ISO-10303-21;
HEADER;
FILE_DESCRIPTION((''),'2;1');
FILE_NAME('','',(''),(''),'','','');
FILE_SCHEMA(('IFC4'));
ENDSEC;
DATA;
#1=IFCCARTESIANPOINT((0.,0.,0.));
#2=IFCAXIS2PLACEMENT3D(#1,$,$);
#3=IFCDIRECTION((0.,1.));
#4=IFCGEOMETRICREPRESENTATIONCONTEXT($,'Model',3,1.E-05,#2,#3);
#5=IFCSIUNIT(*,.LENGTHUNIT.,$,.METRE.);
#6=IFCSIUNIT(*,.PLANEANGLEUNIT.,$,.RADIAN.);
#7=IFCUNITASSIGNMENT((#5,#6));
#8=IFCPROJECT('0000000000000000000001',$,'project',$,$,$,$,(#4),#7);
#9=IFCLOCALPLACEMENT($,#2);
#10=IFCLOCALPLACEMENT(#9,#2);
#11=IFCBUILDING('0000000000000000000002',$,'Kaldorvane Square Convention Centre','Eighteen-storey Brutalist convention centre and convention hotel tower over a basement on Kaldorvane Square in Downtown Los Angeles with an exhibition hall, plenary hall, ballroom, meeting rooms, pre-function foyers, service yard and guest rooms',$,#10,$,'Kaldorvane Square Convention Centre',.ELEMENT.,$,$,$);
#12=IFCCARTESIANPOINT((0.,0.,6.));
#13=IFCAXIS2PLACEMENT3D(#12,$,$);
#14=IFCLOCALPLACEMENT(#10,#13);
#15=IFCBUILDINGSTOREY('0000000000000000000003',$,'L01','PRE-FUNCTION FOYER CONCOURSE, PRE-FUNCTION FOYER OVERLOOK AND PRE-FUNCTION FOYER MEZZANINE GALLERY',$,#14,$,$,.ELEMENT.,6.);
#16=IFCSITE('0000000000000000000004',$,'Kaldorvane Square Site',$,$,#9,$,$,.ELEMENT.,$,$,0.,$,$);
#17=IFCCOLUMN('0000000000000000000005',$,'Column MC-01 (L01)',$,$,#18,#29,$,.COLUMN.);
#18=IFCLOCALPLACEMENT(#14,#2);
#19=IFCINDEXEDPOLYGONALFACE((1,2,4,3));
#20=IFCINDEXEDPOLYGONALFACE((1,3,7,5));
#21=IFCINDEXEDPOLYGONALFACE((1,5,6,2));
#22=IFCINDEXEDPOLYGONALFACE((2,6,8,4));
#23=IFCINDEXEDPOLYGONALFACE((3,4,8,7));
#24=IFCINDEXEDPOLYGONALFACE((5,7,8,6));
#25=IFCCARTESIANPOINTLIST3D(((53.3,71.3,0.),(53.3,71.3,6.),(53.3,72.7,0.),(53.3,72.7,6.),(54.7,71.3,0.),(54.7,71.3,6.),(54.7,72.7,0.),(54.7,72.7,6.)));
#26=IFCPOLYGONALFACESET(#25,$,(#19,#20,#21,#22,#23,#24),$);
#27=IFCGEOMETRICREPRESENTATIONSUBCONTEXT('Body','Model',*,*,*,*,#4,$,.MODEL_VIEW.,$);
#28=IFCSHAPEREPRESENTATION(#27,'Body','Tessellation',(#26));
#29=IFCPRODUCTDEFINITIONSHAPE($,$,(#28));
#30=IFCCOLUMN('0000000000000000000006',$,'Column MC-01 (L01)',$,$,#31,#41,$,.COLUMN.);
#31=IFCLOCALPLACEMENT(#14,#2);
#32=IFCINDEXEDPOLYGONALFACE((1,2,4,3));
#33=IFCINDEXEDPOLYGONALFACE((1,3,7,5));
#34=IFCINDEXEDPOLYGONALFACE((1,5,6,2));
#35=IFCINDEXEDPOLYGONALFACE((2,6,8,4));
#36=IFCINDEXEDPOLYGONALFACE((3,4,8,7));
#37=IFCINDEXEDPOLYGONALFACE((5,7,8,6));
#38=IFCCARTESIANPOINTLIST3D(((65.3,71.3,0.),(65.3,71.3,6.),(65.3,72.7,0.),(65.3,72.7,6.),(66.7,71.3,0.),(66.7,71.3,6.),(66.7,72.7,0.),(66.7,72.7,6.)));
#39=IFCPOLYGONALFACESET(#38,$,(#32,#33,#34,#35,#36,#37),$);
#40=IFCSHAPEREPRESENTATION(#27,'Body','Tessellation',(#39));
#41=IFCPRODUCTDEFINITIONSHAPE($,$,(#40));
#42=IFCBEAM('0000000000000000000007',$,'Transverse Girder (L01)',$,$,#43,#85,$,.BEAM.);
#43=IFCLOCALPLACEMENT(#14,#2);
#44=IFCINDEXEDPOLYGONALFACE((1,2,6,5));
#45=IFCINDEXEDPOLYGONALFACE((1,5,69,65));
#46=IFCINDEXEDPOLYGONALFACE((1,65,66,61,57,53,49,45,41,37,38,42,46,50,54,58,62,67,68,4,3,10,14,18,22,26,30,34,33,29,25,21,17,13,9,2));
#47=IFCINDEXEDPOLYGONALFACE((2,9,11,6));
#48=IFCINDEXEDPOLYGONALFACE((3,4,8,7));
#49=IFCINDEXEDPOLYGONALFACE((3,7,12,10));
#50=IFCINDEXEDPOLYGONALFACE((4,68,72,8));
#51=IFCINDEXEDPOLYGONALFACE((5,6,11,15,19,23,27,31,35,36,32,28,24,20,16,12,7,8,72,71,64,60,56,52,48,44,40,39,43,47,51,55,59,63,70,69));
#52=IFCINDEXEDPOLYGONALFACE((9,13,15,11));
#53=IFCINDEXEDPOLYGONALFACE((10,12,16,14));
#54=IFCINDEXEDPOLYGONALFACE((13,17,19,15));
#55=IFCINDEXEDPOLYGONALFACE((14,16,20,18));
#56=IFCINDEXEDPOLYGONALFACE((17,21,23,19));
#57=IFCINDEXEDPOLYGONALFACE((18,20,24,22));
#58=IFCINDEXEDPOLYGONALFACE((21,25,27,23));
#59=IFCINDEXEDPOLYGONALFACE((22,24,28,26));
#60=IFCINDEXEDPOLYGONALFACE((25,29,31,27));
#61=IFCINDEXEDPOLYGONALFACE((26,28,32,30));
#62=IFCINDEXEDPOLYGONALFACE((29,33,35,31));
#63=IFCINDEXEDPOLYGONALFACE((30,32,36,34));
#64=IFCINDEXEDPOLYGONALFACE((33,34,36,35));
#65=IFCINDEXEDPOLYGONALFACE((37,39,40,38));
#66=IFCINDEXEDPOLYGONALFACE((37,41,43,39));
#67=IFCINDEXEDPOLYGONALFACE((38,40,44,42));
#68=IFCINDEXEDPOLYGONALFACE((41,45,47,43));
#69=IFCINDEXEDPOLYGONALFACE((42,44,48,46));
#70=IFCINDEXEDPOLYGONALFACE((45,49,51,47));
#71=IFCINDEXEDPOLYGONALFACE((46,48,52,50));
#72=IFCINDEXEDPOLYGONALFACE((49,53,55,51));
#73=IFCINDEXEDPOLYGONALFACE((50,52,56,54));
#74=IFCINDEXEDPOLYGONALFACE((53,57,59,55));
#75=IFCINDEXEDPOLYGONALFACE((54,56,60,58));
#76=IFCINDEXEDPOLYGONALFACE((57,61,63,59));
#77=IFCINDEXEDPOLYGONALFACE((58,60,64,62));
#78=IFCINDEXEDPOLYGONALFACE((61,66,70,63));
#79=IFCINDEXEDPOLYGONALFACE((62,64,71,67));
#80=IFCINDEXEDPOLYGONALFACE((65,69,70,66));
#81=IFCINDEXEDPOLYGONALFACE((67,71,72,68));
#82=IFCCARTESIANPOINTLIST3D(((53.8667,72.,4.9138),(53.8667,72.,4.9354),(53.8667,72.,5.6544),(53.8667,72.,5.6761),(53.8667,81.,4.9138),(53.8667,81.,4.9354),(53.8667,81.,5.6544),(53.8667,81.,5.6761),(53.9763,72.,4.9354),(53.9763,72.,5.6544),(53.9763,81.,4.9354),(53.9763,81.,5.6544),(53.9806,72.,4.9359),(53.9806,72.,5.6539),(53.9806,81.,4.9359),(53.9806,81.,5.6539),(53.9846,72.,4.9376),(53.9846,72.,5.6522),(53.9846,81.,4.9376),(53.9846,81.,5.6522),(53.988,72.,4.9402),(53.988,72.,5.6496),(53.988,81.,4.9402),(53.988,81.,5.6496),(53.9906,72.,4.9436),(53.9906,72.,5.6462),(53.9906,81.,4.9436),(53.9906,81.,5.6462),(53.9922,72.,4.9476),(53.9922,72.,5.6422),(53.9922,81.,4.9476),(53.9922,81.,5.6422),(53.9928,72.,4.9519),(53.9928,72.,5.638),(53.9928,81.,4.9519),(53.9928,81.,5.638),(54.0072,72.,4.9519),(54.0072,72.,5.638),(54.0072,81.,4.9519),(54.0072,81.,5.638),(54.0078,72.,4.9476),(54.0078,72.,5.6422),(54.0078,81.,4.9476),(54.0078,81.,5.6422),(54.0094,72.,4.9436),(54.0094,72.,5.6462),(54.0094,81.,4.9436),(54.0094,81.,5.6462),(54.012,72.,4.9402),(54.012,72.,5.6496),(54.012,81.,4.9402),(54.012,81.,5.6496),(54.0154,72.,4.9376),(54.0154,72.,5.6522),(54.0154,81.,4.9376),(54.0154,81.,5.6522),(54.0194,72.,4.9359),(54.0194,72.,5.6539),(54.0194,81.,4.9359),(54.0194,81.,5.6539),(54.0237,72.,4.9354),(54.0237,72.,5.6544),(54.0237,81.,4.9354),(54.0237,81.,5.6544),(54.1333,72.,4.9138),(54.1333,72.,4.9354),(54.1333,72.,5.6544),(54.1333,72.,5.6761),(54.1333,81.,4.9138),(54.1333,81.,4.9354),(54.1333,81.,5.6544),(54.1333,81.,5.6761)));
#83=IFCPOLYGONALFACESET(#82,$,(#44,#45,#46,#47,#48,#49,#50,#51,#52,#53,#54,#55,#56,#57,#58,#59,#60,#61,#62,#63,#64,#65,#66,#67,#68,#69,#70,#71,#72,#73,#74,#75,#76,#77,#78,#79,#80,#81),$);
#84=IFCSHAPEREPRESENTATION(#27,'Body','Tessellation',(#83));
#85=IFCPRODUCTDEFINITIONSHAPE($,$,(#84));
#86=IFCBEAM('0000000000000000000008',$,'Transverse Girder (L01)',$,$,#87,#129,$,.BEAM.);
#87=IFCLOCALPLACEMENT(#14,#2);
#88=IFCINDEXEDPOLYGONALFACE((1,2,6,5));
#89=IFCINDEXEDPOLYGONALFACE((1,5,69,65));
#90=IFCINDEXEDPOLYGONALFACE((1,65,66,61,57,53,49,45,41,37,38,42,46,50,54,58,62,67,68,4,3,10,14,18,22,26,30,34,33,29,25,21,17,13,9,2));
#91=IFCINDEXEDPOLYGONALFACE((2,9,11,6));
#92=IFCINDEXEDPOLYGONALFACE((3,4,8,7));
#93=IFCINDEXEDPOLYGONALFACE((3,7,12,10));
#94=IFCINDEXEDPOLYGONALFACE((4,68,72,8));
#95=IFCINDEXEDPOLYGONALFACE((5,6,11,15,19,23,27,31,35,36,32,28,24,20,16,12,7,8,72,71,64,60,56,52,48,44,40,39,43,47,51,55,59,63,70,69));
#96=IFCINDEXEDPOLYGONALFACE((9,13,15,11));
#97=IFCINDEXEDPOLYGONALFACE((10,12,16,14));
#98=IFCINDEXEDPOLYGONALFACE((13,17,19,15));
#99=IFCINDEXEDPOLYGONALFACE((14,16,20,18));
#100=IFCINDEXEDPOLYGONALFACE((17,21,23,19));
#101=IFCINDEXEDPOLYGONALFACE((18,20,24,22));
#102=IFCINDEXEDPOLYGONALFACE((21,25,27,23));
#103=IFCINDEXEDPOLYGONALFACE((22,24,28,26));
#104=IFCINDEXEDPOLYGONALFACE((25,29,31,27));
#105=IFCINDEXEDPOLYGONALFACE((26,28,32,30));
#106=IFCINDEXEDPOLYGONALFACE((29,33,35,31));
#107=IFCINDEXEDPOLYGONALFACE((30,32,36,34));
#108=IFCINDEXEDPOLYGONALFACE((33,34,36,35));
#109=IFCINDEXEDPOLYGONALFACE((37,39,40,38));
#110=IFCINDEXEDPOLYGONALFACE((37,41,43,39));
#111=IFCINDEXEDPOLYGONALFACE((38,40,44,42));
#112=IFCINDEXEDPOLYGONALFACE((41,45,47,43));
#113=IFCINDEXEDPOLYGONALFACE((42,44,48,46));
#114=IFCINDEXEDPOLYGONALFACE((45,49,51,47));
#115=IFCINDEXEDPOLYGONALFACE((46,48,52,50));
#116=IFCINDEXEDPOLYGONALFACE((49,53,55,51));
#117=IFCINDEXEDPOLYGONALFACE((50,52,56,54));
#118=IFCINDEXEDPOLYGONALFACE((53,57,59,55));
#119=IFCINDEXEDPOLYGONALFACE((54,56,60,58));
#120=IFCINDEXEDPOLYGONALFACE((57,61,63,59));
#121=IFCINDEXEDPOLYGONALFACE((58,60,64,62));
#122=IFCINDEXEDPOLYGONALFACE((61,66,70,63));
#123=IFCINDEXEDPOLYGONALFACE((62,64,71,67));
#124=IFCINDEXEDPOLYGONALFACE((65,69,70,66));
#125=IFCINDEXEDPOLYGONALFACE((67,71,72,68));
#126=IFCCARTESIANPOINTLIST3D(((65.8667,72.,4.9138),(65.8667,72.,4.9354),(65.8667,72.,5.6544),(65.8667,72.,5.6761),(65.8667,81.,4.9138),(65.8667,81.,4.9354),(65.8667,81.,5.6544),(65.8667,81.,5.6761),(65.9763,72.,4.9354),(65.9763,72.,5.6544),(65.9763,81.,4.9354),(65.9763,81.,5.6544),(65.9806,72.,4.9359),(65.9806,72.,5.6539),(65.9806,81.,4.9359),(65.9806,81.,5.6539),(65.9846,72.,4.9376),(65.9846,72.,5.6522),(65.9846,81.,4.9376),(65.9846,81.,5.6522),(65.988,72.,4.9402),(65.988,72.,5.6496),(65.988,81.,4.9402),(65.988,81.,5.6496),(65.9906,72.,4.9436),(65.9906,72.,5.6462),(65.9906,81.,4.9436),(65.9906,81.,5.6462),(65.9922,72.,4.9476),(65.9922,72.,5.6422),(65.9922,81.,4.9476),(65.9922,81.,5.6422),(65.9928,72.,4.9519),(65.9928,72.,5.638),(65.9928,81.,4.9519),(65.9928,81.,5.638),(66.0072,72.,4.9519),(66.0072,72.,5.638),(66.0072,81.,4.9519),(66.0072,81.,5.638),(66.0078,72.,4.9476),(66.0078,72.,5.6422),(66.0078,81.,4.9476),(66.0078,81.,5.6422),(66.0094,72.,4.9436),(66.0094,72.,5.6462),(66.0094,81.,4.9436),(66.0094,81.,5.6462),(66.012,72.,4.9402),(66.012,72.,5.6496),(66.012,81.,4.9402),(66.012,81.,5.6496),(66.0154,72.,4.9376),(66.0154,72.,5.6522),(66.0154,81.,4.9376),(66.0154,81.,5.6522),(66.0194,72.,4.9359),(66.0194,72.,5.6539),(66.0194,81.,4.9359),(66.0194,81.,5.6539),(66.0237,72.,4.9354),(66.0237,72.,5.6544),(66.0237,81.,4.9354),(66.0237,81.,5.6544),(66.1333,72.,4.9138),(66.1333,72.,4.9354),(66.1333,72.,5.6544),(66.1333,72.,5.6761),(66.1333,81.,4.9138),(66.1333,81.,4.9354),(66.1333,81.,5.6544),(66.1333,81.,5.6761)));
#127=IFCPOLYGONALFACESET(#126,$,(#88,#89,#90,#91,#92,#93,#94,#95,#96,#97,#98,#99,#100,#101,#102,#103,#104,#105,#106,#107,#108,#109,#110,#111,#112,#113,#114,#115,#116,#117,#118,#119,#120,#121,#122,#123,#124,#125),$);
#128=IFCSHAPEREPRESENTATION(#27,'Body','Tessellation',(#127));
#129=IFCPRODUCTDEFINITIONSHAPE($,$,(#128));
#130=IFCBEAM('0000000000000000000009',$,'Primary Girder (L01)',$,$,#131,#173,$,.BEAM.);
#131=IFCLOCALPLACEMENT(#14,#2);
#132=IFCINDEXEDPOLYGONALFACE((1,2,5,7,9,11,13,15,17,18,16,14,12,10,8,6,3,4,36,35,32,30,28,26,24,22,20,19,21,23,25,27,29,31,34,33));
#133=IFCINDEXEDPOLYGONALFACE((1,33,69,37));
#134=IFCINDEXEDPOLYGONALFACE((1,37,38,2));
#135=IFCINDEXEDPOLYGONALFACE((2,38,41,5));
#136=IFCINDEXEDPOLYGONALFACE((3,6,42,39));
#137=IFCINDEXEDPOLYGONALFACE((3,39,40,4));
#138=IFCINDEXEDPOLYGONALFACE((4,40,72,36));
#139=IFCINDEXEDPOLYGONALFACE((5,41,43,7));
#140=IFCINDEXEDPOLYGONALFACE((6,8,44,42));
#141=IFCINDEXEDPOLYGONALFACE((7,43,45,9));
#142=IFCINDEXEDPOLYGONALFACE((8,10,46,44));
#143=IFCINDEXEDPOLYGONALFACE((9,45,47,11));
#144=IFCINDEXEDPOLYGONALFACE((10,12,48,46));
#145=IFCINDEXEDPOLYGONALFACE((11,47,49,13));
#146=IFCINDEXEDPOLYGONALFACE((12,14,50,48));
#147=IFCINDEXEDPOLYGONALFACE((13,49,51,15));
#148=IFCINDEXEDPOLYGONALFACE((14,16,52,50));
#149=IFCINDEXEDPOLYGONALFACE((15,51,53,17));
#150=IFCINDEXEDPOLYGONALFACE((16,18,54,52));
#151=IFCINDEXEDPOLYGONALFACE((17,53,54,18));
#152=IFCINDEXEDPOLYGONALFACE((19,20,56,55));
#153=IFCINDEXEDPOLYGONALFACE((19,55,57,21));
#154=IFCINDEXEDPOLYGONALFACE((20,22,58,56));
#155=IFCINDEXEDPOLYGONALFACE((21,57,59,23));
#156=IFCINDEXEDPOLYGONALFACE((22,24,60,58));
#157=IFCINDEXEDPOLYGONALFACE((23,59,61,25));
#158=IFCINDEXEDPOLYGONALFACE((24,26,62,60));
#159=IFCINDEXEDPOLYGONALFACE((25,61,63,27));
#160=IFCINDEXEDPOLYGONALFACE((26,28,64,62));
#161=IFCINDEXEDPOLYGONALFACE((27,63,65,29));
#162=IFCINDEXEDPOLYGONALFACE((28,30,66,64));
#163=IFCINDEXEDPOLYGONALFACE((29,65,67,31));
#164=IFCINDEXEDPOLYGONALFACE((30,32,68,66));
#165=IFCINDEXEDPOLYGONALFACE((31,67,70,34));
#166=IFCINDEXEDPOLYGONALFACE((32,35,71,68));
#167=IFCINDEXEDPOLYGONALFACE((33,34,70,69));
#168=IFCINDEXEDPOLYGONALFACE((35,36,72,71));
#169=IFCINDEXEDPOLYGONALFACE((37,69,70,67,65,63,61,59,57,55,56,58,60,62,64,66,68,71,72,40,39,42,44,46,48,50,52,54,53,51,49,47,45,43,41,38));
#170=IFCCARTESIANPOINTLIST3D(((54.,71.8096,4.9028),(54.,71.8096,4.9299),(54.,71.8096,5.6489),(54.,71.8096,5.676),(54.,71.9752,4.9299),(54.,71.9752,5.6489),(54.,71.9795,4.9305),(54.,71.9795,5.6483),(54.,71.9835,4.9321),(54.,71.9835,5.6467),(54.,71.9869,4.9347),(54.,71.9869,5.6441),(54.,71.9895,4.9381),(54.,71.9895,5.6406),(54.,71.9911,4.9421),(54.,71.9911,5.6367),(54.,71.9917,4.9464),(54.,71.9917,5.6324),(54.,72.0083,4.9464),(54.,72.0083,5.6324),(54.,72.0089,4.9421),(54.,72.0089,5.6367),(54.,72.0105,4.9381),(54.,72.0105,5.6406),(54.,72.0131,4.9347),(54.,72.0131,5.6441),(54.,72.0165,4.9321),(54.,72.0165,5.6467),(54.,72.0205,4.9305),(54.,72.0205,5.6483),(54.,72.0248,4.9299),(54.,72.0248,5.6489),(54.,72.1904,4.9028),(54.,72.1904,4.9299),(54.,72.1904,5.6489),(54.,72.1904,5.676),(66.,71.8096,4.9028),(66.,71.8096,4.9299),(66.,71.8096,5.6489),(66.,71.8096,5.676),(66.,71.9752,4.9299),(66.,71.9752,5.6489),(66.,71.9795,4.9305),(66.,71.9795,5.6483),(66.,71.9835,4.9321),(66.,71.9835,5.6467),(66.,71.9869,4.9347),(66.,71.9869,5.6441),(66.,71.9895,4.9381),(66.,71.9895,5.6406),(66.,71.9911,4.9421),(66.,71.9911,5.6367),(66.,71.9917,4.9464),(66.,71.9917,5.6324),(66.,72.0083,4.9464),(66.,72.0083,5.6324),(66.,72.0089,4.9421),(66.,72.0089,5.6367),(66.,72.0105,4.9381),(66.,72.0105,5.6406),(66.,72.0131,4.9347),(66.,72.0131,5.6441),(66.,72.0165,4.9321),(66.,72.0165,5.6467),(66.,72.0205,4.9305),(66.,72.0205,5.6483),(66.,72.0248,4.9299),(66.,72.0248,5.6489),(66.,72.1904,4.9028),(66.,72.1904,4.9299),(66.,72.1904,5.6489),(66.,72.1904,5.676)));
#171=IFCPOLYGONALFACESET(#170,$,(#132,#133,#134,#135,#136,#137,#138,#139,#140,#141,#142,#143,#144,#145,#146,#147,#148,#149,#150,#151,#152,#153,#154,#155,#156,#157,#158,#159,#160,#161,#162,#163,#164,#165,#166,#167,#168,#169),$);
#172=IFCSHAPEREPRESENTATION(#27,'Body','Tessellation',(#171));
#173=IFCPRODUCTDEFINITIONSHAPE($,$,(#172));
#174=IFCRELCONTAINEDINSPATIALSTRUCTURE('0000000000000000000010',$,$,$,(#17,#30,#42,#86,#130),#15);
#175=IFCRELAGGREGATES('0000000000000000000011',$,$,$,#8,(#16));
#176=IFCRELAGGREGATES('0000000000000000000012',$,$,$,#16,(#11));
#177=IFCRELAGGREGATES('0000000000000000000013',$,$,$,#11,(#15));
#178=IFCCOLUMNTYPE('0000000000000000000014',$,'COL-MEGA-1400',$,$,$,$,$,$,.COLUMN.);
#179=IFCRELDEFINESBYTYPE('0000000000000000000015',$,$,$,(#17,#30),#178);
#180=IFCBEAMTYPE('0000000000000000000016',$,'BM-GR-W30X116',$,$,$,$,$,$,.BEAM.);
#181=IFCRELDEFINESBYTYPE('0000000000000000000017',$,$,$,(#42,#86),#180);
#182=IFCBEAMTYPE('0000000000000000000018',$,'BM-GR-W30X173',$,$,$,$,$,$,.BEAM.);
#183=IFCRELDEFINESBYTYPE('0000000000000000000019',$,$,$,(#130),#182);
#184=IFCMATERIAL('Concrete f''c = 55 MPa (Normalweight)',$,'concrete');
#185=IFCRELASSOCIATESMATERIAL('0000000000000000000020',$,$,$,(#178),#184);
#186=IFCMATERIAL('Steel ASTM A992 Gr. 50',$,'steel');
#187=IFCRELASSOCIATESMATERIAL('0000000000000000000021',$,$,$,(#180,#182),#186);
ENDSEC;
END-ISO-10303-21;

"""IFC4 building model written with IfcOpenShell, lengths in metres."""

from ifc_helpers import new_model, si_unit, direction, frame, origin, origin_2d, place, context, subcontext, project, spatial, rectangle, i_section, extrude, material, material_profile, profile_set, type_object, element, save


model = new_model("IFC4")

# Units and contexts
model_context = context("Model", 3, precision=1e-05, world=origin(), true_north=direction((0.0, 1.0)))
body_context = subcontext(model_context, "Body", "Model", "MODEL_VIEW")
ifc_project = project(units=[si_unit("LENGTHUNIT", "METRE"), si_unit("PLANEANGLEUNIT", "RADIAN")], contexts=[model_context])

# Site, building, storey
site_placement = place(None, origin())
site = spatial("IfcSite", under=ifc_project, at=site_placement, Name="Kaldorvane Square Site", CompositionType="ELEMENT", RefElevation=0.0)
building_placement = place(site_placement, origin())
building = spatial("IfcBuilding", under=site, at=building_placement, Name="Kaldorvane Square Convention Centre", Description="Eighteen-storey Brutalist convention centre and convention hotel tower over a basement on Kaldorvane Square in Downtown Los Angeles with an exhibition hall, plenary hall, ballroom, meeting rooms, pre-function foyers, service yard and guest rooms", LongName="Kaldorvane Square Convention Centre", CompositionType="ELEMENT")
storey_placement = place(building_placement, frame((0.0, 0.0, 6.0)))
storey = spatial("IfcBuildingStorey", under=building, at=storey_placement, Name="L01", Description="PRE-FUNCTION FOYER CONCOURSE, PRE-FUNCTION FOYER OVERLOOK AND PRE-FUNCTION FOYER MEZZANINE GALLERY", CompositionType="ELEMENT", Elevation=6.0)

# Columns
ifc_material_1 = material(Name="Concrete f'c = 55 MPa (Normalweight)", Category="concrete")
ifc_material_profile_1 = material_profile(ifc_material_1, rectangle(XDim=1.4, YDim=1.4, at=origin_2d()), Name="RC1400X1400")
ifc_profile_set_1 = profile_set([ifc_material_profile_1], Name="Concrete f'c = 55 MPa (Normalweight)")
column_type = type_object("IfcColumnType", Name="COL-MEGA-1400", PredefinedType="COLUMN", material=ifc_profile_set_1)
for number, where, z_axis, x_axis, name in (
    (1, (54.0, 72.0, 0.0), (0.0, 0.0, 1.0), (1.0, 0.0, 0.0), "Column MC-01 (L01)"),
    (2, (66.0, 72.0, 0.0), (0.0, 0.0, 1.0), (1.0, 0.0, 0.0), "Column MC-01 (L01)"),
):
    element("IfcColumn", number, at=place(storey_placement, frame(where, z_axis=z_axis, x_axis=x_axis)), inside=storey, type_object=column_type, Name=name, PredefinedType="COLUMN", context=body_context, shape_type="SweptSolid", body=[
        extrude(rectangle(XDim=1.4, YDim=1.4, at=origin_2d()), origin(), (0.0, 0.0, 1.0), 6.0),
    ])

# Beams
ifc_material_2 = material(Name="Steel ASTM A992 Gr. 50", Category="steel")
ifc_material_profile_2 = material_profile(ifc_material_2, i_section(OverallWidth=0.2666, OverallDepth=0.7623, WebThickness=0.0144, FlangeThickness=0.0216, FilletRadius=0.0165, at=origin_2d()), Name="W30X116")
ifc_profile_set_2 = profile_set([ifc_material_profile_2], Name="Steel ASTM A992 Gr. 50")
beam_type_1 = type_object("IfcBeamType", Name="BM-GR-W30X116", PredefinedType="BEAM", material=ifc_profile_set_2)
for number, where, z_axis, x_axis, name in (
    (3, (54.0, 72.0, 5.2949), (0.0, 1.0, 0.0), (-1.0, 0.0, 0.0), "Transverse Girder (L01)"),
    (4, (66.0, 72.0, 5.2949), (0.0, 1.0, 0.0), (-1.0, 0.0, 0.0), "Transverse Girder (L01)"),
):
    element("IfcBeam", number, at=place(storey_placement, frame(where, z_axis=z_axis, x_axis=x_axis)), inside=storey, type_object=beam_type_1, Name=name, PredefinedType="BEAM", context=body_context, shape_type="SweptSolid", body=[
        extrude(i_section(OverallWidth=0.2666, OverallDepth=0.7623, WebThickness=0.0144, FlangeThickness=0.0216, FilletRadius=0.0165, at=origin_2d()), origin(), (0.0, 0.0, 1.0), 9.0),
    ])
ifc_material_profile_3 = material_profile(ifc_material_2, i_section(OverallWidth=0.3807, OverallDepth=0.7732, WebThickness=0.0166, FlangeThickness=0.0271, FilletRadius=0.0165, at=origin_2d()), Name="W30X173")
ifc_profile_set_3 = profile_set([ifc_material_profile_3], Name="Steel ASTM A992 Gr. 50")
beam_type_2 = type_object("IfcBeamType", Name="BM-GR-W30X173", PredefinedType="BEAM", material=ifc_profile_set_3)
for number, where, z_axis, x_axis, name in (
    (5, (54.0, 72.0, 5.2894), (1.0, 0.0, 0.0), (0.0, 1.0, 0.0), "Primary Girder (L01)"),
):
    element("IfcBeam", number, at=place(storey_placement, frame(where, z_axis=z_axis, x_axis=x_axis)), inside=storey, type_object=beam_type_2, Name=name, PredefinedType="BEAM", context=body_context, shape_type="SweptSolid", body=[
        extrude(i_section(OverallWidth=0.3807, OverallDepth=0.7732, WebThickness=0.0166, FlangeThickness=0.0271, FilletRadius=0.0165, at=origin_2d()), origin(), (0.0, 0.0, 1.0), 12.0),
    ])

save(model, "model.ifc")
